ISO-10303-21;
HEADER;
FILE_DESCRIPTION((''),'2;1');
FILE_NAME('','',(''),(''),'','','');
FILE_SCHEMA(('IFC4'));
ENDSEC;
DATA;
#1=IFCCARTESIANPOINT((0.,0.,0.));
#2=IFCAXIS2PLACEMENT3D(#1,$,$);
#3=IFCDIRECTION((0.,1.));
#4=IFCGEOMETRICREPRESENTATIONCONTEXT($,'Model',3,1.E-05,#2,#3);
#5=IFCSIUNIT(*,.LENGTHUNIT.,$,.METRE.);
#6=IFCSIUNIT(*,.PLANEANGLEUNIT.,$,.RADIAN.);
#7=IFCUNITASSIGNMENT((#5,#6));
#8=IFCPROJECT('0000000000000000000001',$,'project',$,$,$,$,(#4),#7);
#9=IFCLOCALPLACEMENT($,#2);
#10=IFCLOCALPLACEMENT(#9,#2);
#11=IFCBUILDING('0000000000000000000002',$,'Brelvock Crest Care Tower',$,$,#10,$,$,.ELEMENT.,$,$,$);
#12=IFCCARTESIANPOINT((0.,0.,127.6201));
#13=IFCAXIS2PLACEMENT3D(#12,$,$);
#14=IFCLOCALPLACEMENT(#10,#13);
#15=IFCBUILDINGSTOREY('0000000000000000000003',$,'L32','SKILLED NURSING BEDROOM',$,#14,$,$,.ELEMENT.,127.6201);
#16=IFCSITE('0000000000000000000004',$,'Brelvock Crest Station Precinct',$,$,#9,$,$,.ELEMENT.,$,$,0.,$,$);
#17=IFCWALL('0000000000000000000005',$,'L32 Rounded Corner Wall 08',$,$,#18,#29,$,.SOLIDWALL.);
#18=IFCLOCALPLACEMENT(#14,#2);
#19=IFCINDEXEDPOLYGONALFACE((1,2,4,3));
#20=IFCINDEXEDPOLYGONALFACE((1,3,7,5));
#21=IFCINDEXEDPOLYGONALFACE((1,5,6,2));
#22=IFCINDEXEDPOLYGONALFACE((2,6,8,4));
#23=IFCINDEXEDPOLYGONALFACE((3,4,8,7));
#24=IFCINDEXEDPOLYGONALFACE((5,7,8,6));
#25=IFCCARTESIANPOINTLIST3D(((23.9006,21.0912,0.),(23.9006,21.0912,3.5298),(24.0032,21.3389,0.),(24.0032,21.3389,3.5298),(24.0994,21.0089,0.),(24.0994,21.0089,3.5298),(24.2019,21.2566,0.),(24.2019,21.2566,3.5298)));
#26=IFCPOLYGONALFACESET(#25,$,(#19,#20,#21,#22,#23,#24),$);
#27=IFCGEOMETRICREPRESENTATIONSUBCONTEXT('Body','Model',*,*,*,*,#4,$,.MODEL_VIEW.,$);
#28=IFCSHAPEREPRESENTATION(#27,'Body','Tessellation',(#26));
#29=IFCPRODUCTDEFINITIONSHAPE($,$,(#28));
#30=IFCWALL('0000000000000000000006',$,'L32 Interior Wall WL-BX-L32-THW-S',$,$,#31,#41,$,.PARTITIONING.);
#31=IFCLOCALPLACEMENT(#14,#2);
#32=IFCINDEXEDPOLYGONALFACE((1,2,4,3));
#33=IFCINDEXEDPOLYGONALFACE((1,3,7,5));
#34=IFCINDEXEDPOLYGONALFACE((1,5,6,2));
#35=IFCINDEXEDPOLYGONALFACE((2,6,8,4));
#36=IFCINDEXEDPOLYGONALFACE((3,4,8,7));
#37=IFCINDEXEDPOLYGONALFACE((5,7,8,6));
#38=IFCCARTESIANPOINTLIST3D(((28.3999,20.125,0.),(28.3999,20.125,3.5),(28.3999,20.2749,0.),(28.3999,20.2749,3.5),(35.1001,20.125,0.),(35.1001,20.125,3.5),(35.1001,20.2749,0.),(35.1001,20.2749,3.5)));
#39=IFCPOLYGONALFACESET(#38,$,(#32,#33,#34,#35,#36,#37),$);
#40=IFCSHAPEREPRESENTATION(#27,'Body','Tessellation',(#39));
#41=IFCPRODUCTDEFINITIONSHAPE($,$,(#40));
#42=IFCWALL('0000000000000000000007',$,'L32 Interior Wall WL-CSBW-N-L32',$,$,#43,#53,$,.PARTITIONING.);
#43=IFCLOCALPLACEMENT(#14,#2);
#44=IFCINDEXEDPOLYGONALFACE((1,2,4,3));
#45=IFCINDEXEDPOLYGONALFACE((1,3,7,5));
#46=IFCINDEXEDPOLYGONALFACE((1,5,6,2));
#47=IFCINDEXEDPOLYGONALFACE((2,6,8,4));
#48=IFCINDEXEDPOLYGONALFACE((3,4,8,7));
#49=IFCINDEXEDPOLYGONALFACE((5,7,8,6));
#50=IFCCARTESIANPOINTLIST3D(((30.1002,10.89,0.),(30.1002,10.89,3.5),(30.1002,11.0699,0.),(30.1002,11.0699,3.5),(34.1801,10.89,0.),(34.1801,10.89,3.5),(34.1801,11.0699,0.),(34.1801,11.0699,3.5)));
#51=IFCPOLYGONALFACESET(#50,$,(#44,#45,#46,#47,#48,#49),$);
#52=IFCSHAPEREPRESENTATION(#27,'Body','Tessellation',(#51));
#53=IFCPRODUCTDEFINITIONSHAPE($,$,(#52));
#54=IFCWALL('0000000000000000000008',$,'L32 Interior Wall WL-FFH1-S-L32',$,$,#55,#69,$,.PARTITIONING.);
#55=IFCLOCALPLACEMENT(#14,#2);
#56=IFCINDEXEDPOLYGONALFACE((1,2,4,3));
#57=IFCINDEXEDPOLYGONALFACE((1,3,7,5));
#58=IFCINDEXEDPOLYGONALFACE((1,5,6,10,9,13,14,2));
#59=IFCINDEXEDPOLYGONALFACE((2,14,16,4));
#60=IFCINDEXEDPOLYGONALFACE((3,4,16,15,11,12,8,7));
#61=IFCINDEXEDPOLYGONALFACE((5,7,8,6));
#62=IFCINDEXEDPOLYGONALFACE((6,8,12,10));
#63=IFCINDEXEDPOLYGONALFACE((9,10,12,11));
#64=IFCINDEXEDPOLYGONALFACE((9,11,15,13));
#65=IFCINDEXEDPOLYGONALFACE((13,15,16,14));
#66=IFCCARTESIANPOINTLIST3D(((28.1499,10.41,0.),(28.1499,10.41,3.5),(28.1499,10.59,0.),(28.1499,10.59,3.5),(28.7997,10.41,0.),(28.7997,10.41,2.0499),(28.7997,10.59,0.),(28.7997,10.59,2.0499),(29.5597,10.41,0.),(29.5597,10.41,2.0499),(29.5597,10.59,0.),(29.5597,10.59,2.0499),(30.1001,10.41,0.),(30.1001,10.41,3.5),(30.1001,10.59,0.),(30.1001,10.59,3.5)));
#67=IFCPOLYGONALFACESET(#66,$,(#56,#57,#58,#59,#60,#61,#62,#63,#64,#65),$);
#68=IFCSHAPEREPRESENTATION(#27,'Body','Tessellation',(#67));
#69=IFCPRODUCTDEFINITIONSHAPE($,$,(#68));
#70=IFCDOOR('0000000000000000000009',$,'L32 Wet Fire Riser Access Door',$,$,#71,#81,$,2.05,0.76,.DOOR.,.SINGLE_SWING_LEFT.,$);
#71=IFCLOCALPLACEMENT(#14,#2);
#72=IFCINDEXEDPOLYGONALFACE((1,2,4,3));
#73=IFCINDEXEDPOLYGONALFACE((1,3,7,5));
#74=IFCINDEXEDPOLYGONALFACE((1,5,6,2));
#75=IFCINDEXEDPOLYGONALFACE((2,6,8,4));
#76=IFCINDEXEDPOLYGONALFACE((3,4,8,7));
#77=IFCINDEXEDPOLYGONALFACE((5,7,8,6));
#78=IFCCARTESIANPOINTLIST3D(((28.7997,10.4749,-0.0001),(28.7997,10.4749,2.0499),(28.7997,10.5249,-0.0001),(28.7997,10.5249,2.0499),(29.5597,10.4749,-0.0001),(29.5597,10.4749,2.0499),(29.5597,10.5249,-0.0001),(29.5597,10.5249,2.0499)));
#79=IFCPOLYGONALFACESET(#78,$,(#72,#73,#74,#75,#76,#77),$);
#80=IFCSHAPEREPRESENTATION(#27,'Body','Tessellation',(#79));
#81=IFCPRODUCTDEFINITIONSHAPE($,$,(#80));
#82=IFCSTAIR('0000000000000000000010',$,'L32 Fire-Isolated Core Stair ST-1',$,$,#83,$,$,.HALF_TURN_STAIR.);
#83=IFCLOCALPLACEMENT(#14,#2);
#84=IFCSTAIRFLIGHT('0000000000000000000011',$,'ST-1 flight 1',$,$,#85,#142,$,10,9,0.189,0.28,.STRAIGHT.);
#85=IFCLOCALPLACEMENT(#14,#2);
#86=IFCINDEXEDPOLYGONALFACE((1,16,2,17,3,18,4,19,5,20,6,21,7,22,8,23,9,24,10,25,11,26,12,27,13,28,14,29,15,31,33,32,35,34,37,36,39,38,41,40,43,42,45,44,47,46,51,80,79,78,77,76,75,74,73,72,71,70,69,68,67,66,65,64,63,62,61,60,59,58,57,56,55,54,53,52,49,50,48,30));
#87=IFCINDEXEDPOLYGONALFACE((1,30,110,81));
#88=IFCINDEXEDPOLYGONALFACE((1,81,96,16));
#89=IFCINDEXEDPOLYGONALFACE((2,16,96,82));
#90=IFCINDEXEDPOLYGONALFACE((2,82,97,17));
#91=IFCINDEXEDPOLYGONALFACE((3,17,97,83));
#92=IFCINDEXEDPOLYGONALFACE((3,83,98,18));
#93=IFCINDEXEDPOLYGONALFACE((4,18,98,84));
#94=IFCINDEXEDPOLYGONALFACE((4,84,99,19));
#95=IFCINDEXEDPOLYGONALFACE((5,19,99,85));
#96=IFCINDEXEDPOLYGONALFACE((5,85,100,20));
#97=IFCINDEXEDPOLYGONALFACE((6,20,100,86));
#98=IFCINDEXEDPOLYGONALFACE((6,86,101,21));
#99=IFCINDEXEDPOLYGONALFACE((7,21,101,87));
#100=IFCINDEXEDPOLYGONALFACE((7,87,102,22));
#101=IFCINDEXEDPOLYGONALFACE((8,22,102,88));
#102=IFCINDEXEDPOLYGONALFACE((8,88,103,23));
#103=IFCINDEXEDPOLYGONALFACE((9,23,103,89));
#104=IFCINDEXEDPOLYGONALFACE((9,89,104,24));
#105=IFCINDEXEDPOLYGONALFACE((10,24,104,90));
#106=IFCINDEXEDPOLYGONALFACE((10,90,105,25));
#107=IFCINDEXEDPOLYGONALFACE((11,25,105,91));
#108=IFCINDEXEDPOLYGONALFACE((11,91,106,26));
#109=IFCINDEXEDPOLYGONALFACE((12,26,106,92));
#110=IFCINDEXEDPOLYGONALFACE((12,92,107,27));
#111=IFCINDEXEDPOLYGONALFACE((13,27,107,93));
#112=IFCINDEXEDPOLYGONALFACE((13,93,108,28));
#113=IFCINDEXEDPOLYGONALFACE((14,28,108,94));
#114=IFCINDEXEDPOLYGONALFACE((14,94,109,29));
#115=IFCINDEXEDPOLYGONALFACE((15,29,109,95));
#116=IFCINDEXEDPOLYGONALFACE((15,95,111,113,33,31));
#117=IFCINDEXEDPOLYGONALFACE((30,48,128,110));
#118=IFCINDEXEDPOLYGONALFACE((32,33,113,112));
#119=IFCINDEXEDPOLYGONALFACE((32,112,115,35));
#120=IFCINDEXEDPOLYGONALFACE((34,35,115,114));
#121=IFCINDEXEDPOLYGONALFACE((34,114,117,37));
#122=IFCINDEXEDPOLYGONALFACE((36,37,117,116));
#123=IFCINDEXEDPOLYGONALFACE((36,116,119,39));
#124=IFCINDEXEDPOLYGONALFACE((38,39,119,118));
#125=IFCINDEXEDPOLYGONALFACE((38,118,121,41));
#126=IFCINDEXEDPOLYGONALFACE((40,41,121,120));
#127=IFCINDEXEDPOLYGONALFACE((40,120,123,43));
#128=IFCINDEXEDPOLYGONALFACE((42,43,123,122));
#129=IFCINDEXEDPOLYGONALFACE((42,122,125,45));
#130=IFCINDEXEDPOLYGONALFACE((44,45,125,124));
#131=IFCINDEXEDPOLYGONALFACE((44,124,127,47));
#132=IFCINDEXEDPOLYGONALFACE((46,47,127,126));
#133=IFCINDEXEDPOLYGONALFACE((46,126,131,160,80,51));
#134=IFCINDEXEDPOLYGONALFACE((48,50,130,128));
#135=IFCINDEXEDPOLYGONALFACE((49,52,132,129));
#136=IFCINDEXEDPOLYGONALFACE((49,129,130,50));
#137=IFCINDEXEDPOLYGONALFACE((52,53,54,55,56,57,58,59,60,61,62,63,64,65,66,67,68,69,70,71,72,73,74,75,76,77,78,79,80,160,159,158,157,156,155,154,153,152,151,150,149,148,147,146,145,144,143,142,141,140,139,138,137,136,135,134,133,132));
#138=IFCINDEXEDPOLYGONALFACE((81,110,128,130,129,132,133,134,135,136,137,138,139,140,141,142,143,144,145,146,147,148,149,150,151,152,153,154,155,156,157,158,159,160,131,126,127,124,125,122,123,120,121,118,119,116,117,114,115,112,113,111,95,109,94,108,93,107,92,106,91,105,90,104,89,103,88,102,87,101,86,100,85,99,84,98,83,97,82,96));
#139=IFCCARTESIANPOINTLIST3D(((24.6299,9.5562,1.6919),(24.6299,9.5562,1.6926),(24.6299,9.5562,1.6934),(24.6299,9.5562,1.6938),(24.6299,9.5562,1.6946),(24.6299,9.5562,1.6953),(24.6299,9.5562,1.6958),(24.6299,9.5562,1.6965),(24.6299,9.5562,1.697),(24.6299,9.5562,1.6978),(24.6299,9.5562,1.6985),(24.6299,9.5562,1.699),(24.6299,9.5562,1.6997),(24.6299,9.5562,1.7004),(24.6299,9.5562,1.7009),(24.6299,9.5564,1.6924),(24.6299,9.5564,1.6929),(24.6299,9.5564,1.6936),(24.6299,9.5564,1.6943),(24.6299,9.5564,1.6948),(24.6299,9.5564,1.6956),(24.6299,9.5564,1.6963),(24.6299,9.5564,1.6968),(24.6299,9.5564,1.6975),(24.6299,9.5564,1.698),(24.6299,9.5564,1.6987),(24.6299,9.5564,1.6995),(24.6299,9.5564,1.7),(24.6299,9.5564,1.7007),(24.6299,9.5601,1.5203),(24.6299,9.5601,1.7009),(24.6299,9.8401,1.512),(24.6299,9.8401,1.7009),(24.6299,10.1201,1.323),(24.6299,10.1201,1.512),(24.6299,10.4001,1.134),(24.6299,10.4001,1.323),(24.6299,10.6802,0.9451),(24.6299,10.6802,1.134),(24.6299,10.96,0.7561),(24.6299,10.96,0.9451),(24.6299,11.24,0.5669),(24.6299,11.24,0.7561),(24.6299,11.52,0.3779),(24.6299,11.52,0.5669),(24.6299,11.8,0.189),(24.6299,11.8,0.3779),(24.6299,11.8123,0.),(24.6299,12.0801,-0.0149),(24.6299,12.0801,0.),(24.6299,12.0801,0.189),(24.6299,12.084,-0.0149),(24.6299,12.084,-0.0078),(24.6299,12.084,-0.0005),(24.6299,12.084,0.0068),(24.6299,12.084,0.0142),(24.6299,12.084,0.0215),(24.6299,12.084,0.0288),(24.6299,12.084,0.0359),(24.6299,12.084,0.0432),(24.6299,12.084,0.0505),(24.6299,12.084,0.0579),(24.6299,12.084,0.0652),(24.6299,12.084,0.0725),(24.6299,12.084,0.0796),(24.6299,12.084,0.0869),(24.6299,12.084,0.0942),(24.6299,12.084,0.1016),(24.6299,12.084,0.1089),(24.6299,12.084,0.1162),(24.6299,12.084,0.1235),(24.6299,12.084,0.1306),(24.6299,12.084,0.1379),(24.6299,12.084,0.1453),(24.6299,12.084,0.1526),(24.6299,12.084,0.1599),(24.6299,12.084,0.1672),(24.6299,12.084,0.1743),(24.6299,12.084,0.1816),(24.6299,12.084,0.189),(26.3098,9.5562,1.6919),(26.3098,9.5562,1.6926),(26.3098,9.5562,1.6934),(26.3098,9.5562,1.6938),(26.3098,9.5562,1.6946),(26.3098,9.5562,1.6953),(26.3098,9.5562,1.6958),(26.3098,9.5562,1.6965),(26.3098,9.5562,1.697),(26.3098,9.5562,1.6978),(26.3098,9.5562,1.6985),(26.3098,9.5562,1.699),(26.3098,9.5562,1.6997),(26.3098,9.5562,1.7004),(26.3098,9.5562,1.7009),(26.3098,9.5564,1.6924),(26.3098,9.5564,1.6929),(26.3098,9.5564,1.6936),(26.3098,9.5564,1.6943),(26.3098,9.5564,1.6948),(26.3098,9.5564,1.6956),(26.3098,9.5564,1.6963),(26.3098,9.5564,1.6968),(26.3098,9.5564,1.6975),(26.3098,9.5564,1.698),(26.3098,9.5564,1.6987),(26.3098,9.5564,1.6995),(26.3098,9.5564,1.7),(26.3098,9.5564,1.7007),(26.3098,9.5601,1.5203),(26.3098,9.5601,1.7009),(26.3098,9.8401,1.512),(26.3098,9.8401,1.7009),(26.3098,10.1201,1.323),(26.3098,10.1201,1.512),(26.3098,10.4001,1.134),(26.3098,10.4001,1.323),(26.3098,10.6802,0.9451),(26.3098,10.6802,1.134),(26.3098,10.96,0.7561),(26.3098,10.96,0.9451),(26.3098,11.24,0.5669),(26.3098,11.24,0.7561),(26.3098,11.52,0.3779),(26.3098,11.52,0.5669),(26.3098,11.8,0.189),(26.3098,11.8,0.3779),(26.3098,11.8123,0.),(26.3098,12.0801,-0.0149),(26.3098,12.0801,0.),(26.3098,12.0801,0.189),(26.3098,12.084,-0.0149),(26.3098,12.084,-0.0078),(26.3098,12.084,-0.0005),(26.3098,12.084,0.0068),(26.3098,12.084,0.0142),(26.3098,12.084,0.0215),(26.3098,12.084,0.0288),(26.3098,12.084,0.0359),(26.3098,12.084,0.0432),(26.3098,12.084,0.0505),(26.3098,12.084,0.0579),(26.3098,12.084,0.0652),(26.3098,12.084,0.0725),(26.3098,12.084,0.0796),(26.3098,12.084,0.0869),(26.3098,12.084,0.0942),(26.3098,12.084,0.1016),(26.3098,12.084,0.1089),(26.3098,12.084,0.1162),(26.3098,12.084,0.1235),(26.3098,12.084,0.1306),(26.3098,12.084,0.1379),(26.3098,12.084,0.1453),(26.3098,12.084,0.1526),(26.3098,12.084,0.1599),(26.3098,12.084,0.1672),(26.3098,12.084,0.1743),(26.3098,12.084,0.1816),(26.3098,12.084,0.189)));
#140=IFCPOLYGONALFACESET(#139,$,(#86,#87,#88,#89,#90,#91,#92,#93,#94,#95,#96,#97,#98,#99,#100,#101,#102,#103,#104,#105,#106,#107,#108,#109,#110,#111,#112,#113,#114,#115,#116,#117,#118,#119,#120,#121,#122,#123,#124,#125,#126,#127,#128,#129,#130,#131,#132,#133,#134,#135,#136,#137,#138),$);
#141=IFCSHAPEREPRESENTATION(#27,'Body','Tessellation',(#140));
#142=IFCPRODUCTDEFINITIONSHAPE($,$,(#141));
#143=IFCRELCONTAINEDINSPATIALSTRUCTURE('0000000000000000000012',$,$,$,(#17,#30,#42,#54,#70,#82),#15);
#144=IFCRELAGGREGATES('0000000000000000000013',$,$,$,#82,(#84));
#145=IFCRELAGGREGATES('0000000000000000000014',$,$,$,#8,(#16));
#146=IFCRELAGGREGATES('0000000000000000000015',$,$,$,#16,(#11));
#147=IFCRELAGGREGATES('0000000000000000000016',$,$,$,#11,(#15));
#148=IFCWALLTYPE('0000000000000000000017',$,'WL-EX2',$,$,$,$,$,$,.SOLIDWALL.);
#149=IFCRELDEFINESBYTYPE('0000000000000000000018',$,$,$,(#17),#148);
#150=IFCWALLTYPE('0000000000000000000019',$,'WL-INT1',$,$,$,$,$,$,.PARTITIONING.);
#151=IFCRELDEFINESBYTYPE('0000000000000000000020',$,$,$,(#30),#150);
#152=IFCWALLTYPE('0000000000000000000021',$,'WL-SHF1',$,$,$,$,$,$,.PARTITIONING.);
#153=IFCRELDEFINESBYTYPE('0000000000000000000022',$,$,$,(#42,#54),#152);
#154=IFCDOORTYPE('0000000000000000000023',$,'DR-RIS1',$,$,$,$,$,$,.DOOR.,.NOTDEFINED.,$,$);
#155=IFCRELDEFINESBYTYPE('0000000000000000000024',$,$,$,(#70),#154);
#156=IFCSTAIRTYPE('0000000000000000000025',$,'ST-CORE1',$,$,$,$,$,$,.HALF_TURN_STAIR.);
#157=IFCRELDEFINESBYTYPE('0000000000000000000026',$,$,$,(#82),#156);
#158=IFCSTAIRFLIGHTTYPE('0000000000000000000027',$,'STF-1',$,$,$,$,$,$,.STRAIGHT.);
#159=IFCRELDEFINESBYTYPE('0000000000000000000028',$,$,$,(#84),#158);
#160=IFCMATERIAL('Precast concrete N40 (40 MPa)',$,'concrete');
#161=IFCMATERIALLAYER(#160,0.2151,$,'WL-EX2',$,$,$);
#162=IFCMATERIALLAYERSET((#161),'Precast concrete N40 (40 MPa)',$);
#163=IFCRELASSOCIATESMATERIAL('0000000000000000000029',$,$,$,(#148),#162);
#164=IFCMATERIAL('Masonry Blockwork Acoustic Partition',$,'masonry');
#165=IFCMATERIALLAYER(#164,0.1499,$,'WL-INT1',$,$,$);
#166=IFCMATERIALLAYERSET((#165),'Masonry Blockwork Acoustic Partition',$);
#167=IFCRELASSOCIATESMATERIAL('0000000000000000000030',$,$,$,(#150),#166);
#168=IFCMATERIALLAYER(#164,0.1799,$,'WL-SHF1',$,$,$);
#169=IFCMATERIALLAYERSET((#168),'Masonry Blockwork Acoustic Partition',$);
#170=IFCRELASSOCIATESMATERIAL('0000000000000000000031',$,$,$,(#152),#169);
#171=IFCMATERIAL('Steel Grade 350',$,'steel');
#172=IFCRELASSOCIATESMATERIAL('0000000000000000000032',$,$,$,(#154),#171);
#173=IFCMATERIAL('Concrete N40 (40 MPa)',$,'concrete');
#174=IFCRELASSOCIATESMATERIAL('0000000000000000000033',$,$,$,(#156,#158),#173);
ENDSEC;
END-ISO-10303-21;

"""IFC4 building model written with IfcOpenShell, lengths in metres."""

from ifc_helpers import new_model, si_unit, direction, frame, frame_2d, origin, origin_2d, place, context, subcontext, project, spatial, polyline, rectangle, outline, extrude, source, transform, mapped, material, layer, layer_set, type_object, element, fill, aggregate, save


model = new_model("IFC4")

# Units and contexts
model_context = context("Model", 3, precision=1e-05, world=origin(), true_north=direction((0.0, 1.0)))
body_context = subcontext(model_context, "Body", "Model", "MODEL_VIEW")
ifc_project = project(units=[si_unit("LENGTHUNIT", "METRE"), si_unit("PLANEANGLEUNIT", "RADIAN")], contexts=[model_context])

# Site, building, storey
site_placement = place(None, origin())
site = spatial("IfcSite", under=ifc_project, at=site_placement, Name="Brelvock Crest Station Precinct", CompositionType="ELEMENT", RefElevation=0.0)
building_placement = place(site_placement, origin())
building = spatial("IfcBuilding", under=site, at=building_placement, Name="Brelvock Crest Care Tower", CompositionType="ELEMENT")
storey_placement = place(building_placement, frame((0.0, 0.0, 127.6201)))
storey = spatial("IfcBuildingStorey", under=building, at=storey_placement, Name="L32", Description="SKILLED NURSING BEDROOM", CompositionType="ELEMENT", Elevation=127.6201)

# Shared definitions
ifc_material_1 = material(Name="Steel Grade 350", Category="steel")

# Walls
ifc_material_2 = material(Name="Precast concrete N40 (40 MPa)", Category="concrete")
ifc_layer_1 = layer(ifc_material_2, 0.2151, Name="WL-EX2")
ifc_layer_set_1 = layer_set([ifc_layer_1], Name="Precast concrete N40 (40 MPa)")
wall_type_1 = type_object("IfcWallType", Name="WL-EX2", PredefinedType="SOLIDWALL", material=ifc_layer_set_1)
wall_1_placement = place(storey_placement, frame((24.0, 21.05, 0.0), z_axis=(0.0, 0.0, 1.0), x_axis=(0.382674, 0.923884, 0.0)))
element("IfcWall", 1, at=wall_1_placement, inside=storey, type_object=wall_type_1, Name="L32 Rounded Corner Wall 08", PredefinedType="SOLIDWALL", context=body_context, shape_type="SweptSolid", body=[
    extrude(rectangle(XDim=0.2681, YDim=0.2151, at=frame_2d((0.134, 0.0))), origin(), (0.0, 0.0, 1.0), 3.5298),
])
ifc_material_3 = material(Name="Masonry Blockwork Acoustic Partition", Category="masonry")
ifc_layer_2 = layer(ifc_material_3, 0.1499, Name="WL-INT1")
ifc_layer_set_2 = layer_set([ifc_layer_2], Name="Masonry Blockwork Acoustic Partition")
wall_type_2 = type_object("IfcWallType", Name="WL-INT1", PredefinedType="PARTITIONING", material=ifc_layer_set_2)
wall_2_placement = place(storey_placement, frame((28.3999, 20.2, 0.0), z_axis=(0.0, 0.0, 1.0), x_axis=(1.0, 0.0, 0.0)))
element("IfcWall", 2, at=wall_2_placement, inside=storey, type_object=wall_type_2, Name="L32 Interior Wall WL-BX-L32-THW-S", PredefinedType="PARTITIONING", context=body_context, shape_type="SweptSolid", body=[
    extrude(rectangle(XDim=6.7002, YDim=0.1499, at=frame_2d((3.3501, 0.0))), origin(), (0.0, 0.0, 1.0), 3.5),
])
ifc_layer_3 = layer(ifc_material_3, 0.1799, Name="WL-SHF1")
ifc_layer_set_3 = layer_set([ifc_layer_3], Name="Masonry Blockwork Acoustic Partition")
wall_type_3 = type_object("IfcWallType", Name="WL-SHF1", PredefinedType="PARTITIONING", material=ifc_layer_set_3)
wall_3_placement = place(storey_placement, frame((30.1001, 10.98, 0.0), z_axis=(0.0, 0.0, 1.0), x_axis=(1.0, 0.0, 0.0)))
element("IfcWall", 3, at=wall_3_placement, inside=storey, type_object=wall_type_3, Name="L32 Interior Wall WL-CSBW-N-L32", PredefinedType="PARTITIONING", context=body_context, shape_type="SweptSolid", body=[
    extrude(rectangle(XDim=4.0798, YDim=0.1799, at=frame_2d((2.04, 0.0))), origin(), (0.0, 0.0, 1.0), 3.5),
])

# Wall, opening, door
wall_4_placement = place(storey_placement, frame((28.1499, 10.5, 0.0), z_axis=(0.0, 0.0, 1.0), x_axis=(1.0, 0.0, 0.0)))
wall_4 = element("IfcWall", 4, at=wall_4_placement, inside=storey, type_object=wall_type_3, Name="L32 Interior Wall WL-FFH1-S-L32", PredefinedType="PARTITIONING", context=body_context, shape_type="SweptSolid", body=[
    extrude(rectangle(XDim=1.9502, YDim=0.1799, at=frame_2d((0.9751, 0.0))), origin(), (0.0, 0.0, 1.0), 3.5),
])
opening_placement = place(wall_4_placement, frame((0.6499, 0.0, 0.0)))
opening = element("IfcOpeningElement", 5, at=opening_placement, cuts=wall_4, PredefinedType="OPENING", context=body_context, shape_type="SweptSolid", body=[
    extrude(rectangle(XDim=0.76, YDim=2.05, at=origin_2d()), frame((0.3799, 0.1001, 1.0249), z_axis=(0.0, -1.0, 0.0), x_axis=(1.0, 0.0, 0.0)), (0.0, 0.0, 1.0), 0.2),
])
door_type = type_object("IfcDoorType", Name="DR-RIS1", OperationType="NOTDEFINED", PredefinedType="DOOR", material=ifc_material_1)
shared_shape_1 = source(origin(), body_context, "Body", "SweptSolid", [
    extrude(rectangle(XDim=0.76, YDim=2.05, at=origin_2d()), frame((0.3799, 0.0249, 1.0249), z_axis=(0.0, -1.0, 0.0), x_axis=(1.0, 0.0, 0.0)), (0.0, 0.0, 1.0), 0.05),
])
door_placement = place(opening_placement, origin())
door = element("IfcDoor", 6, at=door_placement, inside=storey, type_object=door_type, Name="L32 Wet Fire Riser Access Door", OperationType="SINGLE_SWING_LEFT", OverallHeight=2.05, OverallWidth=0.76, PredefinedType="DOOR", context=body_context, shape_type="MappedRepresentation", body=[
    mapped(shared_shape_1, transform((0.0, 0.0, 0.0), x_axis=(1.0, 0.0, 0.0), y_axis=(0.0, 1.0, 0.0), z_axis=(0.0, 0.0, 1.0), scale=1.0)),
])
fill(opening, door)

# Stair, stair flight
ifc_material_4 = material(Name="Concrete N40 (40 MPa)", Category="concrete")
stair_type = type_object("IfcStairType", Name="ST-CORE1", PredefinedType="HALF_TURN_STAIR", material=ifc_material_4)
stair_placement = place(storey_placement, origin())
stair = element("IfcStair", 7, at=stair_placement, inside=storey, type_object=stair_type, Name="L32 Fire-Isolated Core Stair ST-1", PredefinedType="HALF_TURN_STAIR")
stair_flight_type = type_object("IfcStairFlightType", Name="STF-1", PredefinedType="STRAIGHT", material=ifc_material_4)
stair_flight_1_placement = place(storey_placement, frame((25.47, 12.0801, 0.0), z_axis=(0.0, 0.0, 1.0), x_axis=(0.0, -1.0, 0.0)))
stair_flight_1 = element("IfcStairFlight", 8, at=stair_flight_1_placement, type_object=stair_flight_type, Name="ST-1 flight 1", NumberOfRisers=10, NumberOfTreads=9, PredefinedType="STRAIGHT", RiserHeight=0.189, TreadLength=0.28, context=body_context, shape_type="SweptSolid", body=[
    extrude(outline(polyline([(-0.0039, -0.0149), (-0.0039, -0.0078), (-0.0039, -0.0005), (-0.0039, 0.0068), (-0.0039, 0.0142), (-0.0039, 0.0215), (-0.0039, 0.0288), (-0.0039, 0.0359), (-0.0039, 0.0432), (-0.0039, 0.0505), (-0.0039, 0.0579), (-0.0039, 0.0652), (-0.0039, 0.0725), (-0.0039, 0.0796), (-0.0039, 0.0869), (-0.0039, 0.0942), (-0.0039, 0.1016), (-0.0039, 0.1089), (-0.0039, 0.1162), (-0.0039, 0.1235), (-0.0039, 0.1306), (-0.0039, 0.1379), (-0.0039, 0.1453), (-0.0039, 0.1526), (-0.0039, 0.1599), (-0.0039, 0.1672), (-0.0039, 0.1743), (-0.0039, 0.1816), (-0.0039, 0.189), (0.0, 0.189), (0.28, 0.189), (0.28, 0.3779), (0.5601, 0.3779), (0.5601, 0.5669), (0.8401, 0.5669), (0.8401, 0.7561), (1.1201, 0.7561), (1.1201, 0.9451), (1.3999, 0.9451), (1.3999, 1.134), (1.6799, 1.134), (1.6799, 1.323), (1.96, 1.323), (1.96, 1.512), (2.24, 1.512), (2.24, 1.7009), (2.52, 1.7009), (2.5239, 1.7009), (2.5237, 1.7007), (2.5239, 1.7004), (2.5237, 1.7), (2.5239, 1.6997), (2.5237, 1.6995), (2.5239, 1.699), (2.5237, 1.6987), (2.5239, 1.6985), (2.5237, 1.698), (2.5239, 1.6978), (2.5237, 1.6975), (2.5239, 1.697), (2.5237, 1.6968), (2.5239, 1.6965), (2.5237, 1.6963), (2.5239, 1.6958), (2.5237, 1.6956), (2.5239, 1.6953), (2.5237, 1.6948), (2.5239, 1.6946), (2.5237, 1.6943), (2.5239, 1.6938), (2.5237, 1.6936), (2.5239, 1.6934), (2.5237, 1.6929), (2.5239, 1.6926), (2.5237, 1.6924), (2.5239, 1.6919), (2.52, 1.5203), (0.2678, 0.0), (0.0, 0.0), (0.0, -0.0149), (-0.0039, -0.0149)])), frame((0.0, 0.8398, 0.0), z_axis=(0.0, -1.0, 0.0), x_axis=(1.0, 0.0, 0.0)), (0.0, 0.0, 1.0), 1.6799),
])
aggregate(stair, [stair_flight_1])

save(model, "model.ifc")
